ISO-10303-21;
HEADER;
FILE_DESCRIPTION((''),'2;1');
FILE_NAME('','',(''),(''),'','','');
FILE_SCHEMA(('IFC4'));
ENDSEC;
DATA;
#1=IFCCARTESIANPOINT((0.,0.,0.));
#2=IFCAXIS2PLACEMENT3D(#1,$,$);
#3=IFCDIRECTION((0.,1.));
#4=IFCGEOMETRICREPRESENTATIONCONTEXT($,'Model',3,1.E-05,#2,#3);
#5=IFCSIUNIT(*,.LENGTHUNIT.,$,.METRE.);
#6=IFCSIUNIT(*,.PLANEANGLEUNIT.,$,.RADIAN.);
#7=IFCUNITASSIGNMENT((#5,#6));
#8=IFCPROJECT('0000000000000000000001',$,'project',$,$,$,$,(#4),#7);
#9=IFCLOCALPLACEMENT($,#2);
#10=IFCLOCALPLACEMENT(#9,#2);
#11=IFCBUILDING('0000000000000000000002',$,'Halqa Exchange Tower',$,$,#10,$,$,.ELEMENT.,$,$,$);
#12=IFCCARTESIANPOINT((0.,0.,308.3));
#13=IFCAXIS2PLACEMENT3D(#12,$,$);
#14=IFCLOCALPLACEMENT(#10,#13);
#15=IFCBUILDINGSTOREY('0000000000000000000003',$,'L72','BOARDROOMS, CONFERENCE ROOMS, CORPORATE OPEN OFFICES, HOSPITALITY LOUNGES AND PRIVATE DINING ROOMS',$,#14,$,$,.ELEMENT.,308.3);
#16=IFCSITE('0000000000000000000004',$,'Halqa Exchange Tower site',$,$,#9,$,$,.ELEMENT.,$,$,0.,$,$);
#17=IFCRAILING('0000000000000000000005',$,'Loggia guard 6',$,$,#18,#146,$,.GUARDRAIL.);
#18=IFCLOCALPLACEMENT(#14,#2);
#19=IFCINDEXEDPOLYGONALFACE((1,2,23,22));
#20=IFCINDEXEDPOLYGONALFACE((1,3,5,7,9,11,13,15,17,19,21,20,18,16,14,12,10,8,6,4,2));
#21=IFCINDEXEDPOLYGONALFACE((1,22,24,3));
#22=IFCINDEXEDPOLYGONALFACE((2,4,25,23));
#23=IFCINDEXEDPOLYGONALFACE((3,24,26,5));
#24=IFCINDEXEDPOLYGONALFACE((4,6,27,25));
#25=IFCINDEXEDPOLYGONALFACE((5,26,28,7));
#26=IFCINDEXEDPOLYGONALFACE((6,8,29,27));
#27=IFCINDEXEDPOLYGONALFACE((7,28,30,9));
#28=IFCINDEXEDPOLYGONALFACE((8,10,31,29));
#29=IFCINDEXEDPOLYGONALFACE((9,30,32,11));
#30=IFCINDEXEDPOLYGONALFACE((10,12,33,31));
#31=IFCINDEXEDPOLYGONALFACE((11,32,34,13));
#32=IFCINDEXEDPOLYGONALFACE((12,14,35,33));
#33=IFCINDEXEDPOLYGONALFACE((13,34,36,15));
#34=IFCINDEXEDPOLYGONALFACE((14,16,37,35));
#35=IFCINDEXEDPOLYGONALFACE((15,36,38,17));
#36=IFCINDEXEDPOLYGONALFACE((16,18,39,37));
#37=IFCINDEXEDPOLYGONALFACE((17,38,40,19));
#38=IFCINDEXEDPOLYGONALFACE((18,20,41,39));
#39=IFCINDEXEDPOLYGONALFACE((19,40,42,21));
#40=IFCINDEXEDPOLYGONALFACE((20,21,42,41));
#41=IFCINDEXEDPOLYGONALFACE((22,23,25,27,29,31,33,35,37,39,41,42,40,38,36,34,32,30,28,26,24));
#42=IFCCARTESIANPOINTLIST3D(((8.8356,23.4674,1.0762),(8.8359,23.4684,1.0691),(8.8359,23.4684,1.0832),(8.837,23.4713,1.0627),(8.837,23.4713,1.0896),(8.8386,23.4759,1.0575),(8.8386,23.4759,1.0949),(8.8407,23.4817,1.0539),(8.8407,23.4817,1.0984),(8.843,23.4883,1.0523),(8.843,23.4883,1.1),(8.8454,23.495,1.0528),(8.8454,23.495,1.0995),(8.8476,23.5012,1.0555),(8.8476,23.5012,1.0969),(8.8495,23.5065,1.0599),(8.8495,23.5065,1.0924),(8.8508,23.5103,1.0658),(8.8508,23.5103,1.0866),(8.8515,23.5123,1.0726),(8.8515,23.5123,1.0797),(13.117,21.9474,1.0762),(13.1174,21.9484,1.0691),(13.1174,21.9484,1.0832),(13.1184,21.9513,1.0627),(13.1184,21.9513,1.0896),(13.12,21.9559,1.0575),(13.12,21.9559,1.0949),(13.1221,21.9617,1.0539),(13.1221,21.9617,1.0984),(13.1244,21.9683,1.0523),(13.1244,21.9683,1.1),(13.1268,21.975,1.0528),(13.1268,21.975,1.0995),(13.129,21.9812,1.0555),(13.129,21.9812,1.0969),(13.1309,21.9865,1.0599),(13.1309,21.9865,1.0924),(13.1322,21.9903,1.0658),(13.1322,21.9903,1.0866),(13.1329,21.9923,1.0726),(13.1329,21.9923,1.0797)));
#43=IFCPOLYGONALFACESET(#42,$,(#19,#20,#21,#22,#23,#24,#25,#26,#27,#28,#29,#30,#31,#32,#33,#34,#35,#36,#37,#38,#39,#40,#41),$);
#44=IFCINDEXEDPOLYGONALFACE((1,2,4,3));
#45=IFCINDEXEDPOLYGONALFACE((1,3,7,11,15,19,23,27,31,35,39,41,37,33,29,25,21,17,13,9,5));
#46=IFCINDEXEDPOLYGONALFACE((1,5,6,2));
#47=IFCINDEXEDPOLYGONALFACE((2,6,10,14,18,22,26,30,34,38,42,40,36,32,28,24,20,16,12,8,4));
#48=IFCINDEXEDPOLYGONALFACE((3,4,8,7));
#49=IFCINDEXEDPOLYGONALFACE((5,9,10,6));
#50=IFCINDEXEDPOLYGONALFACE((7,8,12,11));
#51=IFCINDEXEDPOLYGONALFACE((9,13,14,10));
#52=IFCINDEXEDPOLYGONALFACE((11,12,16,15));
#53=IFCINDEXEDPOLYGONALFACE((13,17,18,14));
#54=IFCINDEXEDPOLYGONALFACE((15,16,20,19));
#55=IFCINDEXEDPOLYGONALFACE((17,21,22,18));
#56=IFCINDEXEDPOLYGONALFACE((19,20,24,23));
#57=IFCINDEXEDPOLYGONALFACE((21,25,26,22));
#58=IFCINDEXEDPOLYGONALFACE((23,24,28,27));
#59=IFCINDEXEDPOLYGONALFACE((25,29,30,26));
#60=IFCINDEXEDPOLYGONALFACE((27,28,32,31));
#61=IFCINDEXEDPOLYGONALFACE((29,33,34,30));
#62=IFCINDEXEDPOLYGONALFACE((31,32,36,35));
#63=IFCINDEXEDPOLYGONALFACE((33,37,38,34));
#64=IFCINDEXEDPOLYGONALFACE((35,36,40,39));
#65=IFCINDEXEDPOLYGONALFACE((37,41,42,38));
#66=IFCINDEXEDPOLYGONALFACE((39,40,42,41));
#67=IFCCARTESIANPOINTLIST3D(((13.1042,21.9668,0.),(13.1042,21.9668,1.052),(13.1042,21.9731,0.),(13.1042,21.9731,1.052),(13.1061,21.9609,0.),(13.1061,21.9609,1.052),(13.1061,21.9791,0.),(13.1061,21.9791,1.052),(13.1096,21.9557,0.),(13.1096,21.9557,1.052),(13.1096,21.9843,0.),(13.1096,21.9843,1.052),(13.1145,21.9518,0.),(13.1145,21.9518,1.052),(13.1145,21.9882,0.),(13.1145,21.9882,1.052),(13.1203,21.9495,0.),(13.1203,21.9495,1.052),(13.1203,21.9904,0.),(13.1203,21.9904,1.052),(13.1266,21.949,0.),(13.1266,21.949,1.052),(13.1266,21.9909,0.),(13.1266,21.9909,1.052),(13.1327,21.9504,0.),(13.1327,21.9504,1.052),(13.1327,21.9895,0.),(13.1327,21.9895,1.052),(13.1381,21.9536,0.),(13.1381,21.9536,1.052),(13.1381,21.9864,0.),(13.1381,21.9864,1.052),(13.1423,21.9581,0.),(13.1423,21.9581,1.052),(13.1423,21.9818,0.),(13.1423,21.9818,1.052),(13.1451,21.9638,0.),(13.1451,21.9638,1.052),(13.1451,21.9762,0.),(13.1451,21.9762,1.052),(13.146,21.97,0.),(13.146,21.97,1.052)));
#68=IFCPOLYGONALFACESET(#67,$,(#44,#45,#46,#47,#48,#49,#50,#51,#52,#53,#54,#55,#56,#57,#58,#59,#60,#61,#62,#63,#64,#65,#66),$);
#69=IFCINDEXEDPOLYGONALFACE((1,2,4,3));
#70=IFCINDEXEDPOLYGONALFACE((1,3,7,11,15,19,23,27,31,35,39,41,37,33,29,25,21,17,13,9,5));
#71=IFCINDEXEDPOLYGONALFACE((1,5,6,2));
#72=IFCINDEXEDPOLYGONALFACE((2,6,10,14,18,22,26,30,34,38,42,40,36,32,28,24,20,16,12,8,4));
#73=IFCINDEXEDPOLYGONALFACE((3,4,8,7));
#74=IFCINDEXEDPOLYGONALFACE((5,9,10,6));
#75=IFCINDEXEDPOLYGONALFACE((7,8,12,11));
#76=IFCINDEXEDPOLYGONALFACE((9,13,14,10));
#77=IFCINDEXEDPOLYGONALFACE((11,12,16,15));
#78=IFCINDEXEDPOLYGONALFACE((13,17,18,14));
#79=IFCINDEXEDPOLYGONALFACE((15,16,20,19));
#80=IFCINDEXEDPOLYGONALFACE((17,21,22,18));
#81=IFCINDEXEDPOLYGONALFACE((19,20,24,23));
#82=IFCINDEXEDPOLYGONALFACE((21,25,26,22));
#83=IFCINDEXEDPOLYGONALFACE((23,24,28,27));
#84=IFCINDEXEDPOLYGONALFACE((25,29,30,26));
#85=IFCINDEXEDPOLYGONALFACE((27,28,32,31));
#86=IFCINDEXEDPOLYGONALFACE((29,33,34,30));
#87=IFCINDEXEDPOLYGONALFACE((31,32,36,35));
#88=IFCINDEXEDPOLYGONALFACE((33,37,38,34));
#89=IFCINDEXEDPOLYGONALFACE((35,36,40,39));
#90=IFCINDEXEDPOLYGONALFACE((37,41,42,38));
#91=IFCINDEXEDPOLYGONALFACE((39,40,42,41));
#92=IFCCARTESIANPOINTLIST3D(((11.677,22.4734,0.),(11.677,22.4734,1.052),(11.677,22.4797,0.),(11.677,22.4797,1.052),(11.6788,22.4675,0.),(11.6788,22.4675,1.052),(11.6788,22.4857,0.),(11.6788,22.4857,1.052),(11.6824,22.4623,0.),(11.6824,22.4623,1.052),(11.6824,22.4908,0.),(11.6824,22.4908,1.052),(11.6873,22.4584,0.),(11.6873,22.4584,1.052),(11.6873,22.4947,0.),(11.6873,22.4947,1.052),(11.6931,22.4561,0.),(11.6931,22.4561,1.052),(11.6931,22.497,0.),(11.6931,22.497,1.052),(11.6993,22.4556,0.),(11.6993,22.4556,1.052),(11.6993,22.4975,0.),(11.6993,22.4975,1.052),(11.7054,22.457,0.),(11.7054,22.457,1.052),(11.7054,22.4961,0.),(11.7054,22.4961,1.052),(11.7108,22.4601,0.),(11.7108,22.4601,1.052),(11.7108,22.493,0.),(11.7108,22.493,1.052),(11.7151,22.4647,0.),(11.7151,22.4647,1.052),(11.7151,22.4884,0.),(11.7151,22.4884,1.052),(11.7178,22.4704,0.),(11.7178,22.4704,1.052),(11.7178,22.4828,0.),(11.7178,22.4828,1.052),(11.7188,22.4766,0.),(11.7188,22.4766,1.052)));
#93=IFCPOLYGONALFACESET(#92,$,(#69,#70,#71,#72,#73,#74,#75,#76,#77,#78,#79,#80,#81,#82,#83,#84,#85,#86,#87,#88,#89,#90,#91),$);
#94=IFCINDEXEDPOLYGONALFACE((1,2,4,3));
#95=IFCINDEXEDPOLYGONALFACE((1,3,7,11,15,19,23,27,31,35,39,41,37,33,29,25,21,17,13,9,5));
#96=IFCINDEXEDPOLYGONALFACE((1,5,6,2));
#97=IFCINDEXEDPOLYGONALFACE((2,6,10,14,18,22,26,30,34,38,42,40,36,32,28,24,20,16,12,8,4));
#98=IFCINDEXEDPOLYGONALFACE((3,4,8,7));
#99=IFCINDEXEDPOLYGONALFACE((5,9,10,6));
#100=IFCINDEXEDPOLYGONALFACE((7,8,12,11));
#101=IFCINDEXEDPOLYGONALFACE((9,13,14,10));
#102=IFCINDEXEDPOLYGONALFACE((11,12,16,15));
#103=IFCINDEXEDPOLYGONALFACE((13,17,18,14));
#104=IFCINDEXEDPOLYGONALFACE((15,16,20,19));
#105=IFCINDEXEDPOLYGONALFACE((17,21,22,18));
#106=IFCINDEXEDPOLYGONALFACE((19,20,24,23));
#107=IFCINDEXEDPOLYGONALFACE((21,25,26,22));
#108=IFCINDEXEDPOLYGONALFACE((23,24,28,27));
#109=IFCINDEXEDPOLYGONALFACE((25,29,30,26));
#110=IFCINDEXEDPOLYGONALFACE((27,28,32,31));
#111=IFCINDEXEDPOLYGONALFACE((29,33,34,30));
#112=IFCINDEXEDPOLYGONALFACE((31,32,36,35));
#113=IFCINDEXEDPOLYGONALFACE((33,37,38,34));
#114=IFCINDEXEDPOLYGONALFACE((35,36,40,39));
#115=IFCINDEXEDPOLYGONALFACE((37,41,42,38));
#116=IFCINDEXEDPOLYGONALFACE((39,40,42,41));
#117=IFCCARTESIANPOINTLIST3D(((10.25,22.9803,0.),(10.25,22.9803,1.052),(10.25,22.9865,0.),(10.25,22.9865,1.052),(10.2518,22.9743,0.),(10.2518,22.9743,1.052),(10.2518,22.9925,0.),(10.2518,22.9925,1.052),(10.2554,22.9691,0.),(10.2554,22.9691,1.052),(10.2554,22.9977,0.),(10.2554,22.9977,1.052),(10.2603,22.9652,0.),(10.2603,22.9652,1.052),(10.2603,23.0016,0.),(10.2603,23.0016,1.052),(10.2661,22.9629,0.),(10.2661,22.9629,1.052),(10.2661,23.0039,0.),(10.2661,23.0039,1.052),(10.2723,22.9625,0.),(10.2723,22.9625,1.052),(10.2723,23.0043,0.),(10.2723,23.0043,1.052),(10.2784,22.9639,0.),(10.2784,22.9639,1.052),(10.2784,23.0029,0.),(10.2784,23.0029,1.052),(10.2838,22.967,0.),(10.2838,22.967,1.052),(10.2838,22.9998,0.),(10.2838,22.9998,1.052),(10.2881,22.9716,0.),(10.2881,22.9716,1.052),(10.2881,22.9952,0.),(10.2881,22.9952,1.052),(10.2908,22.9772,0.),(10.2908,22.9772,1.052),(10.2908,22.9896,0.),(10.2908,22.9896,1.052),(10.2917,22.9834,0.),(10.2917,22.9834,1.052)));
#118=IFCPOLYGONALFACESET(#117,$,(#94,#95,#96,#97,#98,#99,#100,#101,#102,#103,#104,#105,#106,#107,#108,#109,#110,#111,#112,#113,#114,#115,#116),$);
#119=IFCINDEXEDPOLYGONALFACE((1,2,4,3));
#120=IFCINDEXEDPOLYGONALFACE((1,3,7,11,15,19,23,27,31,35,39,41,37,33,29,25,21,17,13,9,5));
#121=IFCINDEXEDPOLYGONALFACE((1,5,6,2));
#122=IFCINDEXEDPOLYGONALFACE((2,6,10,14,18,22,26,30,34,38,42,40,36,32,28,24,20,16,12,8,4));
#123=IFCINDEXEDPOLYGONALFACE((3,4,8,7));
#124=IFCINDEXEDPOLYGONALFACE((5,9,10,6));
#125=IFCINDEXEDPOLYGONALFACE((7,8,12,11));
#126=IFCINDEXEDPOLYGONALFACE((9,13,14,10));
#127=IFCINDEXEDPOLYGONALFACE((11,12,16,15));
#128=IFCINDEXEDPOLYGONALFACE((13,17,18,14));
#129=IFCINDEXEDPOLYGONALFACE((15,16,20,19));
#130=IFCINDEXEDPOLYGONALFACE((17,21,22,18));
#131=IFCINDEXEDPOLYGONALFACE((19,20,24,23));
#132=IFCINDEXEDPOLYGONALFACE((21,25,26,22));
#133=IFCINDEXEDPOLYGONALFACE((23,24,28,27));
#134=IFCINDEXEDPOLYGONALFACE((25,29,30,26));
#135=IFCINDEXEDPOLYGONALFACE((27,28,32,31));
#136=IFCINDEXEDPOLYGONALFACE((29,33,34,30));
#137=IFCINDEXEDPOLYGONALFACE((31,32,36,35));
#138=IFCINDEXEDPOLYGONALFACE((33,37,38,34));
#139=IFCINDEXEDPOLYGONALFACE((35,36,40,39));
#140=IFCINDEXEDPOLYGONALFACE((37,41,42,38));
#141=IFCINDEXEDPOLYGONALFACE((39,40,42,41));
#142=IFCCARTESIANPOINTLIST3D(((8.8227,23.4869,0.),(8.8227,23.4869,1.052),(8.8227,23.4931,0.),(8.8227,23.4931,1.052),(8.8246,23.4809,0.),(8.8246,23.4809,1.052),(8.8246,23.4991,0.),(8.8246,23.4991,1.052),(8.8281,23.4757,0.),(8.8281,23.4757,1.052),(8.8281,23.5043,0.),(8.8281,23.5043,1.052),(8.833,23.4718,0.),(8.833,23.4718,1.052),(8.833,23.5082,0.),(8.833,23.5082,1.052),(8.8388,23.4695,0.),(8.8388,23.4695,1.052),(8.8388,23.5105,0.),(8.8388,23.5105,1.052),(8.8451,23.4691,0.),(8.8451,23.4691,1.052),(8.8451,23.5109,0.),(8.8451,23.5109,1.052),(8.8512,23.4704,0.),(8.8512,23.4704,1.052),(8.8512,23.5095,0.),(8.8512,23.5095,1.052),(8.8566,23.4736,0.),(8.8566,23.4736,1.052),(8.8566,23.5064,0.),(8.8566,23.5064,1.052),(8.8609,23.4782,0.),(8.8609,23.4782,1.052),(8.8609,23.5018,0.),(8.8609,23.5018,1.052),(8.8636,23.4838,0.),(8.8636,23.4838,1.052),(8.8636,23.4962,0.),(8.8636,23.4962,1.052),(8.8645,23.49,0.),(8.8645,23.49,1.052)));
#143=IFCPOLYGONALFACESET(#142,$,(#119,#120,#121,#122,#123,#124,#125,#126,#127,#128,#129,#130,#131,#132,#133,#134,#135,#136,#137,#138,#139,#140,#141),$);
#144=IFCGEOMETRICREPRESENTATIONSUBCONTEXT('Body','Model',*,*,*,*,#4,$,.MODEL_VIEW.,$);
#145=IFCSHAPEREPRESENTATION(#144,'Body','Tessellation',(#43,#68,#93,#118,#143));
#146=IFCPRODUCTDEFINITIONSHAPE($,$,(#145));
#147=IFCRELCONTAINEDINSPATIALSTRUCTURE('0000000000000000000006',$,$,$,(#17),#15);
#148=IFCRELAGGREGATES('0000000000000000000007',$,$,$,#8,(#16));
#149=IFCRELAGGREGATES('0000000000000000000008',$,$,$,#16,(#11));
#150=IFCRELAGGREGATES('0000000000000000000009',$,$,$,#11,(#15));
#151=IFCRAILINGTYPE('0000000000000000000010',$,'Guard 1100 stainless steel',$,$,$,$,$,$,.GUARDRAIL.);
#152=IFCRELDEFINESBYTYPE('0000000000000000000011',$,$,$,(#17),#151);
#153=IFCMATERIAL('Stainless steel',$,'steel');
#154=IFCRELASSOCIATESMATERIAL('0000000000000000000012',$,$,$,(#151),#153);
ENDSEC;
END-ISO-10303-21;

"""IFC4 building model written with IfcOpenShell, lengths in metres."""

from ifc_helpers import new_model, si_unit, direction, frame, origin, origin_2d, place, context, subcontext, project, spatial, circle, extrude, material, type_object, element, save


model = new_model("IFC4")

# Units and contexts
model_context = context("Model", 3, precision=1e-05, world=origin(), true_north=direction((0.0, 1.0)))
body_context = subcontext(model_context, "Body", "Model", "MODEL_VIEW")
ifc_project = project(units=[si_unit("LENGTHUNIT", "METRE"), si_unit("PLANEANGLEUNIT", "RADIAN")], contexts=[model_context])

# Site, building, storey
site_placement = place(None, origin())
site = spatial("IfcSite", under=ifc_project, at=site_placement, Name="Halqa Exchange Tower site", CompositionType="ELEMENT", RefElevation=0.0)
building_placement = place(site_placement, origin())
building = spatial("IfcBuilding", under=site, at=building_placement, Name="Halqa Exchange Tower", CompositionType="ELEMENT")
storey_placement = place(building_placement, frame((0.0, 0.0, 308.3)))
storey = spatial("IfcBuildingStorey", under=building, at=storey_placement, Name="L72", Description="BOARDROOMS, CONFERENCE ROOMS, CORPORATE OPEN OFFICES, HOSPITALITY LOUNGES AND PRIVATE DINING ROOMS", CompositionType="ELEMENT", Elevation=308.3)

# Railing
ifc_material_1 = material(Name="Stainless steel", Category="steel")
railing_type = type_object("IfcRailingType", Name="Guard 1100 stainless steel", PredefinedType="GUARDRAIL", material=ifc_material_1)
railing_1_placement = place(storey_placement, frame((13.125, 21.97, 0.0)))
element("IfcRailing", 1, at=railing_1_placement, inside=storey, type_object=railing_type, Name="Loggia guard 6", PredefinedType="GUARDRAIL", context=body_context, shape_type="SweptSolid", body=[
    extrude(circle(Radius=0.0239, at=origin_2d()), frame((0.0, 0.0, 1.0762), z_axis=(-0.942374, 0.334562, 0.0), x_axis=(-0.334562, -0.942374, 0.0)), (0.0, 0.0, 1.0), 4.5432),
    extrude(circle(Radius=0.021, at=origin_2d()), origin(), (0.0, 0.0, 1.0), 1.052),
    extrude(circle(Radius=0.021, at=origin_2d()), frame((-1.4272, 0.5066, 0.0)), (0.0, 0.0, 1.0), 1.052),
    extrude(circle(Radius=0.021, at=origin_2d()), frame((-2.8542, 1.0134, 0.0)), (0.0, 0.0, 1.0), 1.052),
    extrude(circle(Radius=0.021, at=origin_2d()), frame((-4.2815, 1.52, 0.0)), (0.0, 0.0, 1.0), 1.052),
])

save(model, "model.ifc")
